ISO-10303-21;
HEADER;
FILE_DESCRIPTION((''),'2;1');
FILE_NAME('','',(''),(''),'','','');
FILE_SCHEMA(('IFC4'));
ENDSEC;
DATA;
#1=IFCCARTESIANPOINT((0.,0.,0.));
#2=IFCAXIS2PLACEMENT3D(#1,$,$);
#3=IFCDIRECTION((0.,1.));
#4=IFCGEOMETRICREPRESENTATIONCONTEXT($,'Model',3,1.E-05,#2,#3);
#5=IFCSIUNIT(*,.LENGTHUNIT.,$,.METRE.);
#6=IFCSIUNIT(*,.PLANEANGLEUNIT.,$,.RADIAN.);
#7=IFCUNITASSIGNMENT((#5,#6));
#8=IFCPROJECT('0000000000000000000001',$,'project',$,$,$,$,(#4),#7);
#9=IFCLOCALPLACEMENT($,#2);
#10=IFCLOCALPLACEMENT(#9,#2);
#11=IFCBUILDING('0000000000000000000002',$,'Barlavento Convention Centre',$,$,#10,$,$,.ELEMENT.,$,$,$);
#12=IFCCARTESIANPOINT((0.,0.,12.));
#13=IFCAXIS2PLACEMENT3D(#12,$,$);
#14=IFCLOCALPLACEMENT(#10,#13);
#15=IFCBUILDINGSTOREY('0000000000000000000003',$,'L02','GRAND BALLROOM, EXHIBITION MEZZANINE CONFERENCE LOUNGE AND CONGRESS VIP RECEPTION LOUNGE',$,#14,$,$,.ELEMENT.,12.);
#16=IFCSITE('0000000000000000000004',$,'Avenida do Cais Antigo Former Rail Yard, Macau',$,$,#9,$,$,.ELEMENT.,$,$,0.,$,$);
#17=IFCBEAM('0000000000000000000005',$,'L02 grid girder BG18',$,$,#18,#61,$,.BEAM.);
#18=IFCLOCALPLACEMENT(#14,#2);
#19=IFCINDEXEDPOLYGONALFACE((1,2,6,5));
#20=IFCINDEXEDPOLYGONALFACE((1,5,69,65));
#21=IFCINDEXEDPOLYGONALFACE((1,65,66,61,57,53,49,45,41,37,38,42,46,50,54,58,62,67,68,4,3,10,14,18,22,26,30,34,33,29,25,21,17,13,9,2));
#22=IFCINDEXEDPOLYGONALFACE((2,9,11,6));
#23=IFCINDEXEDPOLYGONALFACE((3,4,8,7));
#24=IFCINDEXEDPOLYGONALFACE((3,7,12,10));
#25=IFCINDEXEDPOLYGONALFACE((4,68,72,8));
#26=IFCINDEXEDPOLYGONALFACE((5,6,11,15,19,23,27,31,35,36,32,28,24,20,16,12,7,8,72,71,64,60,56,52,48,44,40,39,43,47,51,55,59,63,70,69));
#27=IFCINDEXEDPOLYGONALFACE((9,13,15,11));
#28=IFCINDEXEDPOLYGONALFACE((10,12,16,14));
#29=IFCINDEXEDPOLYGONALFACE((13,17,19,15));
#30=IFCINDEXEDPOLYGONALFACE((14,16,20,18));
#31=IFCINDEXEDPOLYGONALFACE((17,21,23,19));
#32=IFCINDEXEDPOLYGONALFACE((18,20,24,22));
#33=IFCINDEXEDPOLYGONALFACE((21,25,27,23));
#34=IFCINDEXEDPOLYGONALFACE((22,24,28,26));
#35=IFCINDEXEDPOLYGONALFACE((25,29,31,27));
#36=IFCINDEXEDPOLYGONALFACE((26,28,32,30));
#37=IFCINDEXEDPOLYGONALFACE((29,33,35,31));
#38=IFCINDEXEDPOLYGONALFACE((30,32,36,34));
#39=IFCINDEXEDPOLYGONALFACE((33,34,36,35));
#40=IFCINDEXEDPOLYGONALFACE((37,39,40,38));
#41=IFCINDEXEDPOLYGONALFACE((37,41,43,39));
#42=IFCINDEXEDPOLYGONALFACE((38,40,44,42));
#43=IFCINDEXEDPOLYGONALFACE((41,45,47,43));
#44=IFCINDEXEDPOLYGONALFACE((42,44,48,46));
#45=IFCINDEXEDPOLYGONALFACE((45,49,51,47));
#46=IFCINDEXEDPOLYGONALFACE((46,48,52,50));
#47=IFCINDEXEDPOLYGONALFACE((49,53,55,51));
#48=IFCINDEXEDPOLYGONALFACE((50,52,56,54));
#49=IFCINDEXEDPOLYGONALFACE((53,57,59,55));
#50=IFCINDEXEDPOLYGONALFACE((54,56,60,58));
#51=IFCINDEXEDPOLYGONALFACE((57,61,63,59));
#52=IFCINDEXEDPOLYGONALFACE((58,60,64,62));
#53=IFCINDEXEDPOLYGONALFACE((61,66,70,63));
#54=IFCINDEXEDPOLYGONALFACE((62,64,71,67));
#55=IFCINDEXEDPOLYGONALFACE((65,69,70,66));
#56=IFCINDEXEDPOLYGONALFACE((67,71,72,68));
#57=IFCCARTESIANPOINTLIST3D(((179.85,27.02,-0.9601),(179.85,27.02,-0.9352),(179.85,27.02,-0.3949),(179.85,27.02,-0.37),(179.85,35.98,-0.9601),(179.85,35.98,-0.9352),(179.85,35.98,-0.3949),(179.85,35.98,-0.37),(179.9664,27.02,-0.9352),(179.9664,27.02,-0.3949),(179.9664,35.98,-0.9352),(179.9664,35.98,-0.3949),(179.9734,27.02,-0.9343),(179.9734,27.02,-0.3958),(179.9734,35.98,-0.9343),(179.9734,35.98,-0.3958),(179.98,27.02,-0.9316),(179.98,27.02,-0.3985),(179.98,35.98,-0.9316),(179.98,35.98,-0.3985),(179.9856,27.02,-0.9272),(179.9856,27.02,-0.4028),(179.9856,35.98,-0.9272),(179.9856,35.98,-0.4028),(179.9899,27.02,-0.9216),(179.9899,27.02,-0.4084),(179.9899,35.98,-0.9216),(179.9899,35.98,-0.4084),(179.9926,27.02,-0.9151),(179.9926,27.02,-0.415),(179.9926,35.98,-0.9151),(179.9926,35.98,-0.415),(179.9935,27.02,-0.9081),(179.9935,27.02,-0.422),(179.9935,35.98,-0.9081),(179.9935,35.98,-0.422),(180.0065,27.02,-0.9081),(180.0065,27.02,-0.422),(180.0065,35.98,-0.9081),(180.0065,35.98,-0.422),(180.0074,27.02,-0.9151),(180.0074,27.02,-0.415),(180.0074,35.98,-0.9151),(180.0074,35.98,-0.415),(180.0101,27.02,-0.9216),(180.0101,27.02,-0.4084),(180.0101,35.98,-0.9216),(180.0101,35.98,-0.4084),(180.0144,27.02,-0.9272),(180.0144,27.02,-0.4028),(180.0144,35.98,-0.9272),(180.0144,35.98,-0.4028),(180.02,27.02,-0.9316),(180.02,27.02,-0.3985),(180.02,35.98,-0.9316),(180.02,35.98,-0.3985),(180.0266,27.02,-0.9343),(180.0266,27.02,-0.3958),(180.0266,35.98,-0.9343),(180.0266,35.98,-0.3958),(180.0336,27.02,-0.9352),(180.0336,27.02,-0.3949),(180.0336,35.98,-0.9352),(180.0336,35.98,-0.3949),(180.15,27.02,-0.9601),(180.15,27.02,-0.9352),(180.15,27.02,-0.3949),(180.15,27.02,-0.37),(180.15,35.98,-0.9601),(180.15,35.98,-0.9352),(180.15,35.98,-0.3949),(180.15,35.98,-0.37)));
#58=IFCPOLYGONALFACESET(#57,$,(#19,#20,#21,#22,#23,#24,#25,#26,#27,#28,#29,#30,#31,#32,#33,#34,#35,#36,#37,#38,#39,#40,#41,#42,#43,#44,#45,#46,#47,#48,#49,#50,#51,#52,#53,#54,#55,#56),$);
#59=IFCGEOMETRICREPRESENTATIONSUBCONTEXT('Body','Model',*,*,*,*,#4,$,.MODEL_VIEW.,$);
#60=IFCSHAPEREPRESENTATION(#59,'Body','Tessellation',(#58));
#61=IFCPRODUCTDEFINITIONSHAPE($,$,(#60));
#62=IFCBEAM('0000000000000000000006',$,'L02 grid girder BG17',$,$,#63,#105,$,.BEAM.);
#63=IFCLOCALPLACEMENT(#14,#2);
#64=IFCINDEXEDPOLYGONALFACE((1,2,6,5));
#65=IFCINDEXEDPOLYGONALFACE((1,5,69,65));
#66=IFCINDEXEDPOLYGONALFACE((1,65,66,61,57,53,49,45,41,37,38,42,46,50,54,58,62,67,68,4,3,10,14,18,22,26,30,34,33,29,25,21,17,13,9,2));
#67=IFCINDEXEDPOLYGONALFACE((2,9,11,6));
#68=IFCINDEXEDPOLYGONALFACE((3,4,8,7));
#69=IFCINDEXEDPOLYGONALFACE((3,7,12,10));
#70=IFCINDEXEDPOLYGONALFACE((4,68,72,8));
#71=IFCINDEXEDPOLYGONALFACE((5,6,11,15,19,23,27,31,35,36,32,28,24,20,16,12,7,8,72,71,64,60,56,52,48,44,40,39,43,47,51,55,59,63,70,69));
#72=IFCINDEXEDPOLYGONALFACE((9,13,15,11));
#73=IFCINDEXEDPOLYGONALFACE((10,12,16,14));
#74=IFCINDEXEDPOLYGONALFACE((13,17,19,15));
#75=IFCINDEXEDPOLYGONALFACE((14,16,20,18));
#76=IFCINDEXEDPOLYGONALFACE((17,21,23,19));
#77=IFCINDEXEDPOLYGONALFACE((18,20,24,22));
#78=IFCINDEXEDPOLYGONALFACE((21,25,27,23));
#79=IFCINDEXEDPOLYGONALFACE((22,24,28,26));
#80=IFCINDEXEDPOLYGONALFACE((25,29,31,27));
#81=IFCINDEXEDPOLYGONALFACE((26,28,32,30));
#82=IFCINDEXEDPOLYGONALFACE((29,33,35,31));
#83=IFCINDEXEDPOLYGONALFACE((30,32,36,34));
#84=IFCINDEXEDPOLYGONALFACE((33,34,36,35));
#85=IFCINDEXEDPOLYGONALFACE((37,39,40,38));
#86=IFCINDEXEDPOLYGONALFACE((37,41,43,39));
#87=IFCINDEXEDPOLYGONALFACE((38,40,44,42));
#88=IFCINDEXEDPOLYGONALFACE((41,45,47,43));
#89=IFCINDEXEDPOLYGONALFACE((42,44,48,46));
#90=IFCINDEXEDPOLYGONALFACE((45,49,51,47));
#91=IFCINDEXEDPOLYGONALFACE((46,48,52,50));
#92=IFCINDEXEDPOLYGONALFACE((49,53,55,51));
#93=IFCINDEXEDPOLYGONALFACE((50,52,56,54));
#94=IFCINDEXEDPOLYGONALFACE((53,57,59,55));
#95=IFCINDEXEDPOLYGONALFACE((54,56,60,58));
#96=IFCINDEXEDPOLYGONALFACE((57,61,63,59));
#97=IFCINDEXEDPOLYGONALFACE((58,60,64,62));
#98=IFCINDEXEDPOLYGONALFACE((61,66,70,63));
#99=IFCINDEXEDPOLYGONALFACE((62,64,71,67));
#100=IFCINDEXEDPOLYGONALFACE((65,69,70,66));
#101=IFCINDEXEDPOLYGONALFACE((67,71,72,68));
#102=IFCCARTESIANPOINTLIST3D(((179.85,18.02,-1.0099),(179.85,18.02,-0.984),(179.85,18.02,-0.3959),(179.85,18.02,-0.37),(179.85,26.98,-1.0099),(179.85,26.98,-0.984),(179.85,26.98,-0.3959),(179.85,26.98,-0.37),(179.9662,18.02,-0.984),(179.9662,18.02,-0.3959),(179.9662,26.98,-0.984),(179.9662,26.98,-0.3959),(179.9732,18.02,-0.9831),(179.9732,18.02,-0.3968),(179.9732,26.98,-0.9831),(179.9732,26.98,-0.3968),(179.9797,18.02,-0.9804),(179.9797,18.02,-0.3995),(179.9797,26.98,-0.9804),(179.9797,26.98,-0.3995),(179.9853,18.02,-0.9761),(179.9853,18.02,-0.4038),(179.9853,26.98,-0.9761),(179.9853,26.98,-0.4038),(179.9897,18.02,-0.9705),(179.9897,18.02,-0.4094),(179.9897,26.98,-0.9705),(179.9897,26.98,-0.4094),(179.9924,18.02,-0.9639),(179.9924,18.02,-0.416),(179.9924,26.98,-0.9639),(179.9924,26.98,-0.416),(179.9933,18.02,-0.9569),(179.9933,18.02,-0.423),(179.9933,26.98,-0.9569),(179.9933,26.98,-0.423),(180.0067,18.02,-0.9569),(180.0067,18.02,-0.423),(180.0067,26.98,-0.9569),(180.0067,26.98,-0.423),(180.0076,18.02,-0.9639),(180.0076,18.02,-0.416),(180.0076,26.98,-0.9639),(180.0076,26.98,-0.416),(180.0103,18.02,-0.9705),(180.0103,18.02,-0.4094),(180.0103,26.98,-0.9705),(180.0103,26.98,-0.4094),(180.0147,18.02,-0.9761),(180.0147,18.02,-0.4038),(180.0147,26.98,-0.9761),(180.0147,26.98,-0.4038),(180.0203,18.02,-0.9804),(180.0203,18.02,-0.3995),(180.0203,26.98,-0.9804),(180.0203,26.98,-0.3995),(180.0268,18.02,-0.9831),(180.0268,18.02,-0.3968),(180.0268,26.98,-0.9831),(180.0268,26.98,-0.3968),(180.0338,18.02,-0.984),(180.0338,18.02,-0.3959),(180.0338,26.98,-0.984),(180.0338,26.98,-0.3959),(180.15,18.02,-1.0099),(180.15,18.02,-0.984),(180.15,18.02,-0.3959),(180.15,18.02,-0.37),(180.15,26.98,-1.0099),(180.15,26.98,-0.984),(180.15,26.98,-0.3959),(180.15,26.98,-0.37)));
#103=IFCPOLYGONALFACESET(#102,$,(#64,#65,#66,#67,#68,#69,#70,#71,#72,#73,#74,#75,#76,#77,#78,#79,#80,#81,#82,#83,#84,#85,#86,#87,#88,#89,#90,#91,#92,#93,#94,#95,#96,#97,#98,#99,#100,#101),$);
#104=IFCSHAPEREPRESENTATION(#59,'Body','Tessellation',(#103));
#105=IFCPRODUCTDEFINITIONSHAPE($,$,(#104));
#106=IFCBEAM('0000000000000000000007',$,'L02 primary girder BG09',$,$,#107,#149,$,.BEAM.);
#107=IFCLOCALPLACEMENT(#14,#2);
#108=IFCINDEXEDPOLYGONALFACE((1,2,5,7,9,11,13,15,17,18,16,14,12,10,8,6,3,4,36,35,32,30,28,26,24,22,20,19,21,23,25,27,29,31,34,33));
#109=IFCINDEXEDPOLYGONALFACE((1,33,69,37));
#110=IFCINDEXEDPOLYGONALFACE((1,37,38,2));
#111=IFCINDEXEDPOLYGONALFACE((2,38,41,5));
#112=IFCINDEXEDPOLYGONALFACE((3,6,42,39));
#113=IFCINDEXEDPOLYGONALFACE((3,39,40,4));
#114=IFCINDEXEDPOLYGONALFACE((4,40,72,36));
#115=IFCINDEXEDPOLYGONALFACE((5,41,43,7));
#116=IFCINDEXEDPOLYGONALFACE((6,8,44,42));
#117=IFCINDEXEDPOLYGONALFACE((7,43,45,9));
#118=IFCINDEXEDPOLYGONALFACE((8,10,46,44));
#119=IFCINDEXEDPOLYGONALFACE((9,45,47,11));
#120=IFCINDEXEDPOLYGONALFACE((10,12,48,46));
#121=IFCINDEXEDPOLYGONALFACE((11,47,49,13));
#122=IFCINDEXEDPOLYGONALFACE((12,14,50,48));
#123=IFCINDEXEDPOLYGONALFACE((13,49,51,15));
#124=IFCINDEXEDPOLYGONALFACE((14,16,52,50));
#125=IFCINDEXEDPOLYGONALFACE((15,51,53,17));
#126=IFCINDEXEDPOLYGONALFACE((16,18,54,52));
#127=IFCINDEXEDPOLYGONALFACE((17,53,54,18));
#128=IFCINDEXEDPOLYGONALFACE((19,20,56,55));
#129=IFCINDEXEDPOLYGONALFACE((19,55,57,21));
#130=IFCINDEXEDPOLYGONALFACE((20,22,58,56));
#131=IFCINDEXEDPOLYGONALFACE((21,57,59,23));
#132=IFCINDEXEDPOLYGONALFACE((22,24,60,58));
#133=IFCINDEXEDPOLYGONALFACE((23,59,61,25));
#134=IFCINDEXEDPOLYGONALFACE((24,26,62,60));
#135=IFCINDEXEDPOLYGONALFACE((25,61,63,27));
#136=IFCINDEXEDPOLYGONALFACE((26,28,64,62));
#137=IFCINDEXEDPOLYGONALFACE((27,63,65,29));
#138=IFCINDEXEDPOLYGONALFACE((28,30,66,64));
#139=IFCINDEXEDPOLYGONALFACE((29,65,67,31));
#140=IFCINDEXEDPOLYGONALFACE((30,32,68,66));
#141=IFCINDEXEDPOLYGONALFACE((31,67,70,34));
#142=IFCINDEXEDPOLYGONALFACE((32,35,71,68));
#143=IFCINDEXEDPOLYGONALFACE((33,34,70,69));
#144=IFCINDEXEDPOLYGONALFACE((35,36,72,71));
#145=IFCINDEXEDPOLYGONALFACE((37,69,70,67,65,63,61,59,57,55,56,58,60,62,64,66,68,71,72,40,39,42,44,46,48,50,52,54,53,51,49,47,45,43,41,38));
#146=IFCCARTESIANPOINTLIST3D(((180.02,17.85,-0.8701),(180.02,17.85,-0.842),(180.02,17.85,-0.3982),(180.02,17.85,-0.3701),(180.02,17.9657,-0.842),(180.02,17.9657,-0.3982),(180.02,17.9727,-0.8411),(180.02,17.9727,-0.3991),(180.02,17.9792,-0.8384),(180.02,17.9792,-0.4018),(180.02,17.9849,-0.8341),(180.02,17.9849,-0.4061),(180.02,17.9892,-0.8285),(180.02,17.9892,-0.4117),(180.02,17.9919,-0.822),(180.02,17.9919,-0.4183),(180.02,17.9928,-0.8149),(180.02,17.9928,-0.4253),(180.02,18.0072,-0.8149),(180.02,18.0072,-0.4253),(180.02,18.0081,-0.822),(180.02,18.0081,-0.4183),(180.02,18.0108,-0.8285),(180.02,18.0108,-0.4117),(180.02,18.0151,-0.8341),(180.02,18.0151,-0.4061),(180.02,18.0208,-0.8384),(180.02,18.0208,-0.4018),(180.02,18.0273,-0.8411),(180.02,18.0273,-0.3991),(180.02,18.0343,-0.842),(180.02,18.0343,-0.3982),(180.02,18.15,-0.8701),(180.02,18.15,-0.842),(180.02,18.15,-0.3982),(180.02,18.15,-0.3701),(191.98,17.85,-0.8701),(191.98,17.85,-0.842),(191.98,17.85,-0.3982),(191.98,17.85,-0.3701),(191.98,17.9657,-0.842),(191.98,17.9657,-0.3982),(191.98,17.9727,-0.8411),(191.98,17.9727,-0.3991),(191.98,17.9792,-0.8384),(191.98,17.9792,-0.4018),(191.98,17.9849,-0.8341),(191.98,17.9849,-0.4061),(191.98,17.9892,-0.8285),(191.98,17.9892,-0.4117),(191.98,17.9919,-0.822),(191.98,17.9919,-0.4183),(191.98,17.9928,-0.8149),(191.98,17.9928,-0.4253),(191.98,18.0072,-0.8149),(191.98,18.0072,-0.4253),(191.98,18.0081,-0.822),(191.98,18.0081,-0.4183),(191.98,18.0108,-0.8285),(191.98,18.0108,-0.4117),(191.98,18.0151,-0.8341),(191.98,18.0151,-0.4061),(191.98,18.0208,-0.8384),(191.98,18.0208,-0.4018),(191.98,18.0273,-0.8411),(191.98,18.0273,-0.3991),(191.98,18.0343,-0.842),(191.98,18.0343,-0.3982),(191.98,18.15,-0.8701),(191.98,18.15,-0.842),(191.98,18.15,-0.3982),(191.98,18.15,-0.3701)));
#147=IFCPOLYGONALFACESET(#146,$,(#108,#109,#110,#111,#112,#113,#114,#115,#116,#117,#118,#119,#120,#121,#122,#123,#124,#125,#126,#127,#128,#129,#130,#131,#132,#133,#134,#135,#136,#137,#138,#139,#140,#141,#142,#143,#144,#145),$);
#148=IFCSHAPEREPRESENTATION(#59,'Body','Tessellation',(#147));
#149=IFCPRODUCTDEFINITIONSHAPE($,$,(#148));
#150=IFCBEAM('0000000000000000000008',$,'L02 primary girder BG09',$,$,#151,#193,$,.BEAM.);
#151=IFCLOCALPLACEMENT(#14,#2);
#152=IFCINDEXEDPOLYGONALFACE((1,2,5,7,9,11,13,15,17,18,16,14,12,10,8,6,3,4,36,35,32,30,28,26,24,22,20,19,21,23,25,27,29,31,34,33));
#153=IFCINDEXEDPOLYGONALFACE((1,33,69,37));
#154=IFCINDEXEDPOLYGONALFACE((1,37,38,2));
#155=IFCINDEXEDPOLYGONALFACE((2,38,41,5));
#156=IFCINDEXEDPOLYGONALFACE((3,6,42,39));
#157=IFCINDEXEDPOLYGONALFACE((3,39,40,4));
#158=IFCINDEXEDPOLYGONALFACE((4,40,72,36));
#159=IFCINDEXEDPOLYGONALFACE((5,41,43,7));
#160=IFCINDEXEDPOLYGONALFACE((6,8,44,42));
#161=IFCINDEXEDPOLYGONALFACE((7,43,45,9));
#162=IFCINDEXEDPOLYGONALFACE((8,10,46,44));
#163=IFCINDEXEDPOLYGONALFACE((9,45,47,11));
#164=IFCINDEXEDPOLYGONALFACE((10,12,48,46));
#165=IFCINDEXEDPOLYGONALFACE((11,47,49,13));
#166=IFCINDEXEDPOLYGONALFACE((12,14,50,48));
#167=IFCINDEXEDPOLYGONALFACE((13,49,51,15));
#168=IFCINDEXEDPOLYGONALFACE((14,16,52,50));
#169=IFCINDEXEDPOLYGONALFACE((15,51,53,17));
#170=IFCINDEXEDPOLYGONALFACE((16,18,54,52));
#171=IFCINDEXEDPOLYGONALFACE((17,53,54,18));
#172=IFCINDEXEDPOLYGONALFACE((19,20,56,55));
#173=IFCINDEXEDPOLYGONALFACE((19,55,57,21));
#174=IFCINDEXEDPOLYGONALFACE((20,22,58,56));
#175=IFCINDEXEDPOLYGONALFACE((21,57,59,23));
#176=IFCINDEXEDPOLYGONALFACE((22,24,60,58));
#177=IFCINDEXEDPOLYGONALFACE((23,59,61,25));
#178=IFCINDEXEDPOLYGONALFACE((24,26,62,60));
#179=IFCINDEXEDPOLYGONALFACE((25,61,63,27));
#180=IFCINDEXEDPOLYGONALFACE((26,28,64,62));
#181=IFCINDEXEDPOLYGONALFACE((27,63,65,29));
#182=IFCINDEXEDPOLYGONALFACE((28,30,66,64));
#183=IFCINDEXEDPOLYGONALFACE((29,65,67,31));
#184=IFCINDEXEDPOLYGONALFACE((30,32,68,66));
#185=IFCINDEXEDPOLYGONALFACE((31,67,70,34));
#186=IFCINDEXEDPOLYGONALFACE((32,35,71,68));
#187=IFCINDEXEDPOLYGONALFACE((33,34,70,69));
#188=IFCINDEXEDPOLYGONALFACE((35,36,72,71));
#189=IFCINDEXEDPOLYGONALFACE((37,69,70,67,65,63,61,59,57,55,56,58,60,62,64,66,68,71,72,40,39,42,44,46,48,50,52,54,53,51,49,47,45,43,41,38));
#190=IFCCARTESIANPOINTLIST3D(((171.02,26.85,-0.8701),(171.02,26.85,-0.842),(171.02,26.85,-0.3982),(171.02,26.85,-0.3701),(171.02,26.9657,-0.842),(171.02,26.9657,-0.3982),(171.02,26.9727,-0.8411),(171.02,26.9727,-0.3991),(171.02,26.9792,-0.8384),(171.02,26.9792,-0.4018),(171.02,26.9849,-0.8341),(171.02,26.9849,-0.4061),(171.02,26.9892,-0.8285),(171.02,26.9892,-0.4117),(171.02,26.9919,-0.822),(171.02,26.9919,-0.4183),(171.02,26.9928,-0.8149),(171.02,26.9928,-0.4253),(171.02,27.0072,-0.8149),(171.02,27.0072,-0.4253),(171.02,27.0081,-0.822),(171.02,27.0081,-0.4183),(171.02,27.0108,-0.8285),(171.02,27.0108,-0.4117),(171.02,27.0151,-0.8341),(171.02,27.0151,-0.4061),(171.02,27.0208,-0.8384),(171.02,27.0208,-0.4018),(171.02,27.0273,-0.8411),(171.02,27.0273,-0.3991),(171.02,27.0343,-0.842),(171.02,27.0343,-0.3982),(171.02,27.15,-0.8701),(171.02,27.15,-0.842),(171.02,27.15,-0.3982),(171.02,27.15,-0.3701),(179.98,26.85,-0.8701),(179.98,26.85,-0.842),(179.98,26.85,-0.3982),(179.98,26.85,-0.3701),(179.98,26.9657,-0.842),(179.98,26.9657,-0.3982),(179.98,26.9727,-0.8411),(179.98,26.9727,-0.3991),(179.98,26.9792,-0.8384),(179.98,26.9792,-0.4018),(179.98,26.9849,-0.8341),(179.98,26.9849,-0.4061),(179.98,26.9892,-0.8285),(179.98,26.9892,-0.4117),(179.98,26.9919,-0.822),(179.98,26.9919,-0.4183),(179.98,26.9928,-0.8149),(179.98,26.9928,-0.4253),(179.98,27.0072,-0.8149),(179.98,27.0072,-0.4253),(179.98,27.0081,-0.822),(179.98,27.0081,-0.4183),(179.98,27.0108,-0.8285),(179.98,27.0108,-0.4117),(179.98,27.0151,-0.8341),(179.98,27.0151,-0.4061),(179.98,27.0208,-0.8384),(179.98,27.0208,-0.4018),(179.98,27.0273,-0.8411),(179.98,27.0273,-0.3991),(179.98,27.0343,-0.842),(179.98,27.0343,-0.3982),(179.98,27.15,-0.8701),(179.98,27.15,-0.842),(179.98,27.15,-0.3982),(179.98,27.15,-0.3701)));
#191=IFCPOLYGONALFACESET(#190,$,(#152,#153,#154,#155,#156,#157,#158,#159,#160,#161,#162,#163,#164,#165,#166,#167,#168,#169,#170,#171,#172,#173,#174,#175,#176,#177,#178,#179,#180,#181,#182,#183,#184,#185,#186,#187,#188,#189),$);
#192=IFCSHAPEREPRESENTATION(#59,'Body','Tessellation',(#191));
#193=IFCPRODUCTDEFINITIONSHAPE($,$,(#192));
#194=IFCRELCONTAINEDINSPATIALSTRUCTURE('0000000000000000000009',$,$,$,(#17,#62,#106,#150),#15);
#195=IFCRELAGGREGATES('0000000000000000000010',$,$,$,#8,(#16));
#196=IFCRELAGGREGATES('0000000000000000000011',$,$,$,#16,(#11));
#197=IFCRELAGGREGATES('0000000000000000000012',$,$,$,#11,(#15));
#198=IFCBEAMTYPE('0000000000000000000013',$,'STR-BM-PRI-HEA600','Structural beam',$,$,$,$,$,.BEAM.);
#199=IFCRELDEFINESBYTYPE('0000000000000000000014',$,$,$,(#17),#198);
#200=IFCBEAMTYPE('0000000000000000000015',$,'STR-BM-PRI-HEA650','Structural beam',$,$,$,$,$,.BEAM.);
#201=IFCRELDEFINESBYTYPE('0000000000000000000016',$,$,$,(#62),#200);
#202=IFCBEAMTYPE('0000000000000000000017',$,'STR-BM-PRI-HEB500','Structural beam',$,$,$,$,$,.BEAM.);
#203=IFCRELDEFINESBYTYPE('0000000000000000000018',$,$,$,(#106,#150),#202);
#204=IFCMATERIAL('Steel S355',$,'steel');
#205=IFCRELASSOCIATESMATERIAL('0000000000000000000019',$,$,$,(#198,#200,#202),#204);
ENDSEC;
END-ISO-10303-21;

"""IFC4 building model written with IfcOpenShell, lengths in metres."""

from ifc_helpers import new_model, si_unit, direction, frame, origin, origin_2d, place, context, subcontext, project, spatial, i_section, extrude, material, material_profile, profile_set, type_object, element, save


model = new_model("IFC4")

# Units and contexts
model_context = context("Model", 3, precision=1e-05, world=origin(), true_north=direction((0.0, 1.0)))
body_context = subcontext(model_context, "Body", "Model", "MODEL_VIEW")
ifc_project = project(units=[si_unit("LENGTHUNIT", "METRE"), si_unit("PLANEANGLEUNIT", "RADIAN")], contexts=[model_context])

# Site, building, storey
site_placement = place(None, origin())
site = spatial("IfcSite", under=ifc_project, at=site_placement, Name="Avenida do Cais Antigo Former Rail Yard, Macau", CompositionType="ELEMENT", RefElevation=0.0)
building_placement = place(site_placement, origin())
building = spatial("IfcBuilding", under=site, at=building_placement, Name="Barlavento Convention Centre", CompositionType="ELEMENT")
storey_placement = place(building_placement, frame((0.0, 0.0, 12.0)))
storey = spatial("IfcBuildingStorey", under=building, at=storey_placement, Name="L02", Description="GRAND BALLROOM, EXHIBITION MEZZANINE CONFERENCE LOUNGE AND CONGRESS VIP RECEPTION LOUNGE", CompositionType="ELEMENT", Elevation=12.0)

# Shared definitions
ifc_material_1 = material(Name="Steel S355", Category="steel")

# Beams
ifc_material_profile_1 = material_profile(ifc_material_1, i_section(OverallWidth=0.3, OverallDepth=0.5901, WebThickness=0.0129, FlangeThickness=0.0249, FilletRadius=0.0271, at=origin_2d()), Name="HEA 600")
ifc_profile_set_1 = profile_set([ifc_material_profile_1], Name="Steel S355")
beam_type_1 = type_object("IfcBeamType", Name="STR-BM-PRI-HEA600", Description="Structural beam", PredefinedType="BEAM", material=ifc_profile_set_1)
beam_1_placement = place(storey_placement, frame((180.0, 27.02, -0.665), z_axis=(0.0, 1.0, 0.0), x_axis=(-1.0, 0.0, 0.0)))
element("IfcBeam", 1, at=beam_1_placement, inside=storey, type_object=beam_type_1, Name="L02 grid girder BG18", PredefinedType="BEAM", context=body_context, shape_type="SweptSolid", body=[
    extrude(i_section(OverallWidth=0.3, OverallDepth=0.5901, WebThickness=0.0129, FlangeThickness=0.0249, FilletRadius=0.0271, at=origin_2d()), origin(), (0.0, 0.0, 1.0), 8.96),
])
ifc_material_profile_2 = material_profile(ifc_material_1, i_section(OverallWidth=0.3, OverallDepth=0.6399, WebThickness=0.0134, FlangeThickness=0.0259, FilletRadius=0.0271, at=origin_2d()), Name="HEA 650")
ifc_profile_set_2 = profile_set([ifc_material_profile_2], Name="Steel S355")
beam_type_2 = type_object("IfcBeamType", Name="STR-BM-PRI-HEA650", Description="Structural beam", PredefinedType="BEAM", material=ifc_profile_set_2)
beam_2_placement = place(storey_placement, frame((180.0, 18.02, -0.6899), z_axis=(0.0, 1.0, 0.0), x_axis=(-1.0, 0.0, 0.0)))
element("IfcBeam", 2, at=beam_2_placement, inside=storey, type_object=beam_type_2, Name="L02 grid girder BG17", PredefinedType="BEAM", context=body_context, shape_type="SweptSolid", body=[
    extrude(i_section(OverallWidth=0.3, OverallDepth=0.6399, WebThickness=0.0134, FlangeThickness=0.0259, FilletRadius=0.0271, at=origin_2d()), origin(), (0.0, 0.0, 1.0), 8.96),
])
ifc_material_profile_3 = material_profile(ifc_material_1, i_section(OverallWidth=0.3, OverallDepth=0.5, WebThickness=0.0144, FlangeThickness=0.0281, FilletRadius=0.0271, at=origin_2d()), Name="HEB 500")
ifc_profile_set_3 = profile_set([ifc_material_profile_3], Name="Steel S355")
beam_type_3 = type_object("IfcBeamType", Name="STR-BM-PRI-HEB500", Description="Structural beam", PredefinedType="BEAM", material=ifc_profile_set_3)
beam_3_placement = place(storey_placement, frame((180.02, 18.0, -0.6201), z_axis=(1.0, 0.0, 0.0), x_axis=(0.0, 1.0, 0.0)))
element("IfcBeam", 3, at=beam_3_placement, inside=storey, type_object=beam_type_3, Name="L02 primary girder BG09", PredefinedType="BEAM", context=body_context, shape_type="SweptSolid", body=[
    extrude(i_section(OverallWidth=0.3, OverallDepth=0.5, WebThickness=0.0144, FlangeThickness=0.0281, FilletRadius=0.0271, at=origin_2d()), origin(), (0.0, 0.0, 1.0), 11.96),
])
beam_4_placement = place(storey_placement, frame((171.02, 27.0, -0.6201), z_axis=(1.0, 0.0, 0.0), x_axis=(0.0, 1.0, 0.0)))
element("IfcBeam", 4, at=beam_4_placement, inside=storey, type_object=beam_type_3, Name="L02 primary girder BG09", PredefinedType="BEAM", context=body_context, shape_type="SweptSolid", body=[
    extrude(i_section(OverallWidth=0.3, OverallDepth=0.5, WebThickness=0.0144, FlangeThickness=0.0281, FilletRadius=0.0271, at=origin_2d()), origin(), (0.0, 0.0, 1.0), 8.96),
])

save(model, "model.ifc")
